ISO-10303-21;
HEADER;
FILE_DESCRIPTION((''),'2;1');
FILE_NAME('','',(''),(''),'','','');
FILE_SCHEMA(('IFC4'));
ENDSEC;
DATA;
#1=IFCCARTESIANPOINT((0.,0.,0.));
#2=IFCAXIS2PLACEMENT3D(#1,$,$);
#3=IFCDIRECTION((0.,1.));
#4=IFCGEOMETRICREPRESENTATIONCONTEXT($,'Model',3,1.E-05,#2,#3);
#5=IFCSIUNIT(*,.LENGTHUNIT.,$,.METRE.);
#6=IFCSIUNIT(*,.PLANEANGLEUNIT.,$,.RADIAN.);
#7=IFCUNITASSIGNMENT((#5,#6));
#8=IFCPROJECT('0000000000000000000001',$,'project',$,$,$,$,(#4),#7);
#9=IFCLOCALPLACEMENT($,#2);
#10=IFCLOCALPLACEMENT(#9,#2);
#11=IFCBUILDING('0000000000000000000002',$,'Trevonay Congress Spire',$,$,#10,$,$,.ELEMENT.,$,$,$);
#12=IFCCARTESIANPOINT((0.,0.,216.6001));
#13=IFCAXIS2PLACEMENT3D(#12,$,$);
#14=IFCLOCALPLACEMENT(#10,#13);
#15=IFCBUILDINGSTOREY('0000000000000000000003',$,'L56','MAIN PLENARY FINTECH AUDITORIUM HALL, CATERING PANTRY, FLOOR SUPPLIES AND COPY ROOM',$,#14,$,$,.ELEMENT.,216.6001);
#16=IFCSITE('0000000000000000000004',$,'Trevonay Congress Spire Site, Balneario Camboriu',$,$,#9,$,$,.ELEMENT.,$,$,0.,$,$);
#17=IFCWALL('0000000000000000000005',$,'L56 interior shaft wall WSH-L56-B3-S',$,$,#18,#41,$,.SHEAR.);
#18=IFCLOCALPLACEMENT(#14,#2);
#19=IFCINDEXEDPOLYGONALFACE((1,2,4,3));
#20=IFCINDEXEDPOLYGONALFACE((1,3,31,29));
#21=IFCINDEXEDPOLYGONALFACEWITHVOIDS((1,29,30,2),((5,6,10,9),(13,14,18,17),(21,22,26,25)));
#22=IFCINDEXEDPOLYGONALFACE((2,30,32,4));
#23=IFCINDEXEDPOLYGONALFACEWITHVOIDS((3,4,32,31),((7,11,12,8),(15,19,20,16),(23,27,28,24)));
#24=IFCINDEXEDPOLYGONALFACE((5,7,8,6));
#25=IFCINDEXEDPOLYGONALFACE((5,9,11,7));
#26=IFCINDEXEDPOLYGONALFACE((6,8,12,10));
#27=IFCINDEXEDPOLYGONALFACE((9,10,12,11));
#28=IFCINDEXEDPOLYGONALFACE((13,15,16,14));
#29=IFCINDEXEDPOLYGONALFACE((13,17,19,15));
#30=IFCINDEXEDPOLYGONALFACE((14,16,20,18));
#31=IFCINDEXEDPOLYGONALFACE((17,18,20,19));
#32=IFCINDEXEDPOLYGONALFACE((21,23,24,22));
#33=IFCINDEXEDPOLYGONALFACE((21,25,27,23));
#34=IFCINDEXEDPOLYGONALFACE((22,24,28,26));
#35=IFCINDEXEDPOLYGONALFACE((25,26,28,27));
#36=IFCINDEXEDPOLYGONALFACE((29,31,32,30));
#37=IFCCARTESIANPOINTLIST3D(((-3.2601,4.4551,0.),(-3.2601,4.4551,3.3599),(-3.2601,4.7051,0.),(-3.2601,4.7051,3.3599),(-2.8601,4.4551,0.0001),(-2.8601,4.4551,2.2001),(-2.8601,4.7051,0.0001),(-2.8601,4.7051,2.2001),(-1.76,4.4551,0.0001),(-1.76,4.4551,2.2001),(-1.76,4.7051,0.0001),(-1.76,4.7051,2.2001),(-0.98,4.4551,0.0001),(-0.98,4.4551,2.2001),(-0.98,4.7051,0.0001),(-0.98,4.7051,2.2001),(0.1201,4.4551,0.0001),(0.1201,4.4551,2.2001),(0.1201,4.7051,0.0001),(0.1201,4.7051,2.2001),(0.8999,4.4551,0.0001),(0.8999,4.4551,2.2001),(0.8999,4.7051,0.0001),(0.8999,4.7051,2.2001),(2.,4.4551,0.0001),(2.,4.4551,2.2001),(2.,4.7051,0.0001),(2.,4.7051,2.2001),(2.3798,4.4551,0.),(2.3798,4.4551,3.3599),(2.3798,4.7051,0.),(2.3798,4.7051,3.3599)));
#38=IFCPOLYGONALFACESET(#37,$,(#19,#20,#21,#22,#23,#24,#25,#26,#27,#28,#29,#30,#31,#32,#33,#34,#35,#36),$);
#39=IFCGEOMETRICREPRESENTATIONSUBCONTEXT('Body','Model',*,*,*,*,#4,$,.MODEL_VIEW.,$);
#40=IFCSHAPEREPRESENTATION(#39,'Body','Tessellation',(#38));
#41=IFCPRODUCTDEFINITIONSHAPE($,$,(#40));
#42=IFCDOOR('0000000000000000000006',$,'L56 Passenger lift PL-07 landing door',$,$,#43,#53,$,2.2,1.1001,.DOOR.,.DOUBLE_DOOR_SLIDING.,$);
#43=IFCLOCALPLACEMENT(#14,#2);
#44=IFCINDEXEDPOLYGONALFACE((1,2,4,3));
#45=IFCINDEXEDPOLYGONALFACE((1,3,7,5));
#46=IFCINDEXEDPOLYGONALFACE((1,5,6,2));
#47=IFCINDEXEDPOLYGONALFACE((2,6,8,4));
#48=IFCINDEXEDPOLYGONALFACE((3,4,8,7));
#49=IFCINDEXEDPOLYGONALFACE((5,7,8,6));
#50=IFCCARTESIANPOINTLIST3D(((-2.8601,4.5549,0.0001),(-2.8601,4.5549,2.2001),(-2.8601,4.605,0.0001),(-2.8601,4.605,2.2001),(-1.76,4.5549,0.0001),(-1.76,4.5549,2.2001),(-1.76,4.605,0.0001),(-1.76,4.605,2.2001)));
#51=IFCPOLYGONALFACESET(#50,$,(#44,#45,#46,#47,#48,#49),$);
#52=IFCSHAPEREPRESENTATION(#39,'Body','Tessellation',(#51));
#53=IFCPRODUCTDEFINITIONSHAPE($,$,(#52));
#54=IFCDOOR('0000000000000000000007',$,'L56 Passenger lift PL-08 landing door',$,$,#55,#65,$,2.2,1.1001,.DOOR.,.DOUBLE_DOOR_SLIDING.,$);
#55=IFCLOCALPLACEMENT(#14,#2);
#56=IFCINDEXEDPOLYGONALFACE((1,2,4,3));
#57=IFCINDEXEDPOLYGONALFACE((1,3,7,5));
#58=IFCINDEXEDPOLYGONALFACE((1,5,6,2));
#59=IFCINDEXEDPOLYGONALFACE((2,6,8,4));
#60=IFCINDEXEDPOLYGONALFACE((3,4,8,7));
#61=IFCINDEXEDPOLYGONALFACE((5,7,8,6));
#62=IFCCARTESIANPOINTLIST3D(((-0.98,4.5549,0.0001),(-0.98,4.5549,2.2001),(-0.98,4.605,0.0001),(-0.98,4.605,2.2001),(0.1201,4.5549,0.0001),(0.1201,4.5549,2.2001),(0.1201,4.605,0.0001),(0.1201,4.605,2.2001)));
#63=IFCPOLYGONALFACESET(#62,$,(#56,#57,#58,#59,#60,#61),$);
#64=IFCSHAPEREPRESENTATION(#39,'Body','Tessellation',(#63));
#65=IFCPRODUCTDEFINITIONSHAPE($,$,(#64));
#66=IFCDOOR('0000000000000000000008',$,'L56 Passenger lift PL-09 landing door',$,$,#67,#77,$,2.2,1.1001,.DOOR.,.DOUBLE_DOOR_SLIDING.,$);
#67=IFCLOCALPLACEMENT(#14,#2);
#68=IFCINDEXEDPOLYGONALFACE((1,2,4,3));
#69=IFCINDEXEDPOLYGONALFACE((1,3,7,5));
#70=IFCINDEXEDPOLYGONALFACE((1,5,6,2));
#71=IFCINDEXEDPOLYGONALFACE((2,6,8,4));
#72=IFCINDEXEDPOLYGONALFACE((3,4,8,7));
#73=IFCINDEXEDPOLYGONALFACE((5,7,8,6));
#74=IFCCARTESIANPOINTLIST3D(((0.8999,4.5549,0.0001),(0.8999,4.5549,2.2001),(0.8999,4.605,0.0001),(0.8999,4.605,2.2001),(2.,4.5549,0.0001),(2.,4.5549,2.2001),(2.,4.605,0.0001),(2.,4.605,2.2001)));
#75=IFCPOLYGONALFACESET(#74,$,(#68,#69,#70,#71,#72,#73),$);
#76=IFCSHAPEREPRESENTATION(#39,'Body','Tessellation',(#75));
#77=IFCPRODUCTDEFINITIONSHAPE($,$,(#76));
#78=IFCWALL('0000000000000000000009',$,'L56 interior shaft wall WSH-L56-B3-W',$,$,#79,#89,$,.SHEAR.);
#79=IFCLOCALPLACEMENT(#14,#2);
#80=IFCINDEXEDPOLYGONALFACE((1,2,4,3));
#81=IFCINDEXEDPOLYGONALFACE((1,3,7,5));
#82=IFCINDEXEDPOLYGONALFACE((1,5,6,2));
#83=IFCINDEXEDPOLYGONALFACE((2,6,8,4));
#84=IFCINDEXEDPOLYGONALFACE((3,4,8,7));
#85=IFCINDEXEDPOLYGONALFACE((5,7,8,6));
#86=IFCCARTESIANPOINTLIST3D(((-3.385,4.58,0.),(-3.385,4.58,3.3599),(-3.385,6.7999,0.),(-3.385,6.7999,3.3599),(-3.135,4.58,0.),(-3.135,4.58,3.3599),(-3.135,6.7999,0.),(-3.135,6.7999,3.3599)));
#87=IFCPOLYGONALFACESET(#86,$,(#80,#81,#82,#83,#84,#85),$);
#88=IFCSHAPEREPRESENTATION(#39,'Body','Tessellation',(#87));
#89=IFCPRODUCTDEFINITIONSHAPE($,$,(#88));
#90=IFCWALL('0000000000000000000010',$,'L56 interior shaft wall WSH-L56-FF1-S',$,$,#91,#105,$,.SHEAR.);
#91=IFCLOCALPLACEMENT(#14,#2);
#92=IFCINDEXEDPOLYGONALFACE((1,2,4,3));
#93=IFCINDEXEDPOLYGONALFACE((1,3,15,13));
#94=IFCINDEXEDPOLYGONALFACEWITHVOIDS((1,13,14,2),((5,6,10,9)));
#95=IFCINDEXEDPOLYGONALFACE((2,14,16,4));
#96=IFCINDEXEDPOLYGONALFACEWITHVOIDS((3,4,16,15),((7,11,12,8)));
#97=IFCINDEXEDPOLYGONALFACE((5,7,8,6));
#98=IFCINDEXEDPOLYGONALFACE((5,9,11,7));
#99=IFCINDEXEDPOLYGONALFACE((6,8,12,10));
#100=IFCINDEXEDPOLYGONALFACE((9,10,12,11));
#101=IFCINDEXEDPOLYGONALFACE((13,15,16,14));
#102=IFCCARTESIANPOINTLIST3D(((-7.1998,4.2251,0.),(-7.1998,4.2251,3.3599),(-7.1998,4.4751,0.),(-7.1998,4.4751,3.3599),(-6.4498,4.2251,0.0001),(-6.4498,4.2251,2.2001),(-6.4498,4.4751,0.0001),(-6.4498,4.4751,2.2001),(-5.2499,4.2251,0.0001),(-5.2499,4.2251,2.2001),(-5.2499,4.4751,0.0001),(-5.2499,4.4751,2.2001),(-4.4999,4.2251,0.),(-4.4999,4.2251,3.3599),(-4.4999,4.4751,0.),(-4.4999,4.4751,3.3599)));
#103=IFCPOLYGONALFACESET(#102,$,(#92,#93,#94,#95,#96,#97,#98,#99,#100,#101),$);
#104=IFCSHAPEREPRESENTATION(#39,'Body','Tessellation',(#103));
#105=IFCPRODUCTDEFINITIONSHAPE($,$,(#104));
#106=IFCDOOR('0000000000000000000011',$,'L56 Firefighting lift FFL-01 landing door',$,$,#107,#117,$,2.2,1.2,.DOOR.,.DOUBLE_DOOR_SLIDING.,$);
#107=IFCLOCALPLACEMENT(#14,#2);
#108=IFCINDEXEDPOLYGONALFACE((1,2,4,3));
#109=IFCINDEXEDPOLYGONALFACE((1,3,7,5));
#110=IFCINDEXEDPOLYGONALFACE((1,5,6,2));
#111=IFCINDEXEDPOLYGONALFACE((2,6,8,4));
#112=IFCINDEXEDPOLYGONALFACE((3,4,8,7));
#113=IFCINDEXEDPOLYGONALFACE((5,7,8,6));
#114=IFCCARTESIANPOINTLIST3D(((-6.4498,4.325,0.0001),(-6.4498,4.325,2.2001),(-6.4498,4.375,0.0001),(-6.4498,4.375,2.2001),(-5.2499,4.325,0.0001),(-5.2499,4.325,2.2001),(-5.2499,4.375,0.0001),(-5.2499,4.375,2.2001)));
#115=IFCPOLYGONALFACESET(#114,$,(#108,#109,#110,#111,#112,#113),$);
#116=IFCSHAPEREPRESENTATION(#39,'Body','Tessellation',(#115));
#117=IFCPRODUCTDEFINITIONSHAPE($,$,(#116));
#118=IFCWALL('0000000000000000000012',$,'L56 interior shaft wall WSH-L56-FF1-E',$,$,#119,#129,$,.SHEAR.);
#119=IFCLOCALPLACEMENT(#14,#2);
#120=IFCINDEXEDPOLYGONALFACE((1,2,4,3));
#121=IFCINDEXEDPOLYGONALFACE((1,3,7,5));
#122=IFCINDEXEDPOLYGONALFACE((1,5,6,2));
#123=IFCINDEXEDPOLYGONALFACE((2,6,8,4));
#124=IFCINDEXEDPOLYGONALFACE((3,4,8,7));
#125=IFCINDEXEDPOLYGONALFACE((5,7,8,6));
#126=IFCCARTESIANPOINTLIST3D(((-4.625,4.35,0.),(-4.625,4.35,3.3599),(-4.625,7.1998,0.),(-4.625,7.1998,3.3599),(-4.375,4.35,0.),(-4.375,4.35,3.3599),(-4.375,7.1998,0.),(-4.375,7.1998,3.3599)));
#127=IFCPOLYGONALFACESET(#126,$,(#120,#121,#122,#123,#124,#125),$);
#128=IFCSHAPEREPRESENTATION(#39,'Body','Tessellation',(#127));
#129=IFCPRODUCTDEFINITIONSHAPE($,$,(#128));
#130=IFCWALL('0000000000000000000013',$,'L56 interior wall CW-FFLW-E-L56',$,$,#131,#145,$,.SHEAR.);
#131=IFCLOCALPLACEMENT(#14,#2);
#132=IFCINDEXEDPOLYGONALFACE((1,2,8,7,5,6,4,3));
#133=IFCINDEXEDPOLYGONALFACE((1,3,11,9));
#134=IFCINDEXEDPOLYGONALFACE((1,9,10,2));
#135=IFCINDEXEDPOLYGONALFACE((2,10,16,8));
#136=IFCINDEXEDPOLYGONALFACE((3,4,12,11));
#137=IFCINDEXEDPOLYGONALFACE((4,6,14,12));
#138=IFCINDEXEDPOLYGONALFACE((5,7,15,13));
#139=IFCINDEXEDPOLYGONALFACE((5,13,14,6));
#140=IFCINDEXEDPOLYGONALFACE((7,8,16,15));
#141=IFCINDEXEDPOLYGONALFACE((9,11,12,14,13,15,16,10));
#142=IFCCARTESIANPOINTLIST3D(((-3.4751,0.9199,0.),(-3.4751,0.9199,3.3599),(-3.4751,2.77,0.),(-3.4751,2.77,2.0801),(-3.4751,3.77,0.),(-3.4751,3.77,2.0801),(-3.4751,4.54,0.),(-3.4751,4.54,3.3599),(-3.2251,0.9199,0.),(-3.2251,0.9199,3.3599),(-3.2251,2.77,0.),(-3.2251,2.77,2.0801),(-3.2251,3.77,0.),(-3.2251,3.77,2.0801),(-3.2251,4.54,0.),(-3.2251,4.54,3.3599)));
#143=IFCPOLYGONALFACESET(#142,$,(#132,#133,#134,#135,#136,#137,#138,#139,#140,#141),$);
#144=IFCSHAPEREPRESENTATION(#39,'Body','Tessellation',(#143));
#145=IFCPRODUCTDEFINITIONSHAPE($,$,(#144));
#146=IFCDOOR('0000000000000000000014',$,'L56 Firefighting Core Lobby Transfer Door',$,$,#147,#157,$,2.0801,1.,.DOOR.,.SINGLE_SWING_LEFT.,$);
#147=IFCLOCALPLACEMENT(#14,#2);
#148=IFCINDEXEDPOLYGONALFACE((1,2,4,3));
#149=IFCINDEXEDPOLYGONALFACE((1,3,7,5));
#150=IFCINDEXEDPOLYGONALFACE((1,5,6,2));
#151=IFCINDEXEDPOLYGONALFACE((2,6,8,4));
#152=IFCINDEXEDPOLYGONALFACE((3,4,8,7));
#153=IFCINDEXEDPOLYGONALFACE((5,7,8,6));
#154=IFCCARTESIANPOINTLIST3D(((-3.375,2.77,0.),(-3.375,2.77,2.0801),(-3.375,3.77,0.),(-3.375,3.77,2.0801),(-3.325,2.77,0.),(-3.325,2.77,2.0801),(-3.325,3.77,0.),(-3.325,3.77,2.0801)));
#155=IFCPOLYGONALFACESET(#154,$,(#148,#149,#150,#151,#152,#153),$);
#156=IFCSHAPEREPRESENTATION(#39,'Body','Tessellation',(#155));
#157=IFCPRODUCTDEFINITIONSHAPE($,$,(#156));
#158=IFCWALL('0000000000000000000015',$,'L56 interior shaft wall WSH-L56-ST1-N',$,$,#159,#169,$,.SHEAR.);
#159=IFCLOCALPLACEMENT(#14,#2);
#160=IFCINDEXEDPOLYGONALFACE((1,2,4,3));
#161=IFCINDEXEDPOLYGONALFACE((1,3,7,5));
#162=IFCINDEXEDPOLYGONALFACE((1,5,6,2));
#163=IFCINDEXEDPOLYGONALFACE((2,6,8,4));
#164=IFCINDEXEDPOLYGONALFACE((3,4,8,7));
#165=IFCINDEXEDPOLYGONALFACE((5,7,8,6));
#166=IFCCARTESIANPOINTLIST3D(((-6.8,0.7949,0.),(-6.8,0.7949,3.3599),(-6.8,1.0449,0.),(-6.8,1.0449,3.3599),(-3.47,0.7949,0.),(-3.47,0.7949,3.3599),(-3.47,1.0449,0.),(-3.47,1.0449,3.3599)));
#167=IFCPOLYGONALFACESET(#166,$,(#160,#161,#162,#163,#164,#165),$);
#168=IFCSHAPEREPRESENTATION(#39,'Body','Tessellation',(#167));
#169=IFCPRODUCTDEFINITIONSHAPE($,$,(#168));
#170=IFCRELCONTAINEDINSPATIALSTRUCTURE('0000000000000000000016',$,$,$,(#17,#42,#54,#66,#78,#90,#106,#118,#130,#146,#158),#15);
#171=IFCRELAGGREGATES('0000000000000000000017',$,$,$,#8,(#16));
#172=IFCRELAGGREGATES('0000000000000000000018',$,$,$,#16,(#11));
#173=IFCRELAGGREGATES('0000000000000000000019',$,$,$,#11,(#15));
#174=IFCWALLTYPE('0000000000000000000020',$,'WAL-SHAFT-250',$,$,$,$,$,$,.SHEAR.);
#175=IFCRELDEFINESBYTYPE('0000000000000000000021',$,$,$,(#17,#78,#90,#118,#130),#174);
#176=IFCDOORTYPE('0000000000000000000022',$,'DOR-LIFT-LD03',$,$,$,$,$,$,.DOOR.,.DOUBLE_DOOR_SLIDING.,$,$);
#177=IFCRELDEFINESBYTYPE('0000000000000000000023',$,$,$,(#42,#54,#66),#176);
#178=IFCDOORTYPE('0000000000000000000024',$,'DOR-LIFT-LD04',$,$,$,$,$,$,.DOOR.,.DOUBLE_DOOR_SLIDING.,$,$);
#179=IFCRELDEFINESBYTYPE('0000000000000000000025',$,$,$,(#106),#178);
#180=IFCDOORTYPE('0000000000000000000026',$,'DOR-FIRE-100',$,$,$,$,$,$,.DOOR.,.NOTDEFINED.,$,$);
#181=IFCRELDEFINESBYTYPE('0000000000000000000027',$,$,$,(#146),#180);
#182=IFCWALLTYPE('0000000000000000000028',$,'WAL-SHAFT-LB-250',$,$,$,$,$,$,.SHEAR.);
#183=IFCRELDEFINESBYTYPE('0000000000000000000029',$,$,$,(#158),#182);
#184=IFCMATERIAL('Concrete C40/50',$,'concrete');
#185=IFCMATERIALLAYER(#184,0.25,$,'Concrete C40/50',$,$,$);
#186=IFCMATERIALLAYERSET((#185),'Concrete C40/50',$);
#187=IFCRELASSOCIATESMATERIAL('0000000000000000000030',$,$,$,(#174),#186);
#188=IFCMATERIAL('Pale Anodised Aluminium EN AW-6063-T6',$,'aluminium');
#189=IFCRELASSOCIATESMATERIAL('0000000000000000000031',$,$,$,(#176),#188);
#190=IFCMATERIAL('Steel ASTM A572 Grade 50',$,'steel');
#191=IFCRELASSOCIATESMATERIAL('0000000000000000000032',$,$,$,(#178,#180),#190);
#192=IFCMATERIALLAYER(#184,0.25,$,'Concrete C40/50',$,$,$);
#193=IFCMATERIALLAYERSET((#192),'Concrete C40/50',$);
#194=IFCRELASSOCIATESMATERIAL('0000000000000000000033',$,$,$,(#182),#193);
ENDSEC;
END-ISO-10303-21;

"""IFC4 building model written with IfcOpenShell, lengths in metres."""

from ifc_helpers import new_model, si_unit, direction, frame, frame_2d, origin, place, context, subcontext, project, spatial, rectangle, extrude, material, layer, layer_set, type_object, element, fill, save


model = new_model("IFC4")

# Units and contexts
model_context = context("Model", 3, precision=1e-05, world=origin(), true_north=direction((0.0, 1.0)))
body_context = subcontext(model_context, "Body", "Model", "MODEL_VIEW")
ifc_project = project(units=[si_unit("LENGTHUNIT", "METRE"), si_unit("PLANEANGLEUNIT", "RADIAN")], contexts=[model_context])

# Site, building, storey
site_placement = place(None, origin())
site = spatial("IfcSite", under=ifc_project, at=site_placement, Name="Trevonay Congress Spire Site, Balneario Camboriu", CompositionType="ELEMENT", RefElevation=0.0)
building_placement = place(site_placement, origin())
building = spatial("IfcBuilding", under=site, at=building_placement, Name="Trevonay Congress Spire", CompositionType="ELEMENT")
storey_placement = place(building_placement, frame((0.0, 0.0, 216.6001)))
storey = spatial("IfcBuildingStorey", under=building, at=storey_placement, Name="L56", Description="MAIN PLENARY FINTECH AUDITORIUM HALL, CATERING PANTRY, FLOOR SUPPLIES AND COPY ROOM", CompositionType="ELEMENT", Elevation=216.6001)

# Shared definitions
ifc_material_1 = material(Name="Steel ASTM A572 Grade 50", Category="steel")

# Shared definitions
ifc_material_2 = material(Name="Concrete C40/50", Category="concrete")

# Wall, openings, doors
ifc_layer_1 = layer(ifc_material_2, 0.25, Name="Concrete C40/50")
ifc_layer_set_1 = layer_set([ifc_layer_1], Name="Concrete C40/50")
wall_type_1 = type_object("IfcWallType", Name="WAL-SHAFT-250", PredefinedType="SHEAR", material=ifc_layer_set_1)
wall_1_placement = place(storey_placement, frame((-3.26, 4.5801, 0.0), z_axis=(0.0, 0.0, 1.0), x_axis=(1.0, 0.0, 0.0)))
wall_1 = element("IfcWall", 1, at=wall_1_placement, inside=storey, type_object=wall_type_1, Name="L56 interior shaft wall WSH-L56-B3-S", PredefinedType="SHEAR", context=body_context, shape_type="SweptSolid", body=[
    extrude(rectangle(XDim=5.6399, YDim=0.25, at=frame_2d((2.8198, 0.0))), origin(), (0.0, 0.0, 1.0), 3.3599),
])
opening_1_placement = place(wall_1_placement, frame((0.3999, 0.0, 0.0)))
opening_1 = element("IfcOpeningElement", 2, at=opening_1_placement, cuts=wall_1, PredefinedType="OPENING", context=body_context, shape_type="SweptSolid", body=[
    extrude(rectangle(XDim=1.1001, YDim=2.2, at=frame_2d((0.55, 1.1001))), frame((0.0, 0.135, 0.0), z_axis=(0.0, -1.0, 0.0), x_axis=(1.0, 0.0, 0.0)), (0.0, 0.0, 1.0), 0.27),
])
opening_2_placement = place(wall_1_placement, frame((2.28, 0.0, 0.0)))
opening_2 = element("IfcOpeningElement", 3, at=opening_2_placement, cuts=wall_1, PredefinedType="OPENING", context=body_context, shape_type="SweptSolid", body=[
    extrude(rectangle(XDim=1.1001, YDim=2.2, at=frame_2d((0.55, 1.1001))), frame((0.0, 0.135, 0.0), z_axis=(0.0, -1.0, 0.0), x_axis=(1.0, 0.0, 0.0)), (0.0, 0.0, 1.0), 0.27),
])
opening_3_placement = place(wall_1_placement, frame((4.1599, 0.0, 0.0)))
opening_3 = element("IfcOpeningElement", 4, at=opening_3_placement, cuts=wall_1, PredefinedType="OPENING", context=body_context, shape_type="SweptSolid", body=[
    extrude(rectangle(XDim=1.1001, YDim=2.2, at=frame_2d((0.55, 1.1001))), frame((0.0, 0.135, 0.0), z_axis=(0.0, -1.0, 0.0), x_axis=(1.0, 0.0, 0.0)), (0.0, 0.0, 1.0), 0.27),
])
ifc_material_3 = material(Name="Pale Anodised Aluminium EN AW-6063-T6", Category="aluminium")
door_type_1 = type_object("IfcDoorType", Name="DOR-LIFT-LD03", OperationType="DOUBLE_DOOR_SLIDING", PredefinedType="DOOR", material=ifc_material_3)
door_1_placement = place(opening_1_placement, origin())
door_1 = element("IfcDoor", 5, at=door_1_placement, inside=storey, type_object=door_type_1, Name="L56 Passenger lift PL-07 landing door", OperationType="DOUBLE_DOOR_SLIDING", OverallHeight=2.2, OverallWidth=1.1001, PredefinedType="DOOR", context=body_context, shape_type="SweptSolid", body=[
    extrude(rectangle(XDim=1.1001, YDim=2.2, at=frame_2d((0.55, 1.1001))), frame((0.0, 0.0249, 0.0), z_axis=(0.0, -1.0, 0.0), x_axis=(1.0, 0.0, 0.0)), (0.0, 0.0, 1.0), 0.05),
])
fill(opening_1, door_1)
door_2_placement = place(opening_2_placement, origin())
door_2 = element("IfcDoor", 6, at=door_2_placement, inside=storey, type_object=door_type_1, Name="L56 Passenger lift PL-08 landing door", OperationType="DOUBLE_DOOR_SLIDING", OverallHeight=2.2, OverallWidth=1.1001, PredefinedType="DOOR", context=body_context, shape_type="SweptSolid", body=[
    extrude(rectangle(XDim=1.1001, YDim=2.2, at=frame_2d((0.55, 1.1001))), frame((0.0, 0.0249, 0.0), z_axis=(0.0, -1.0, 0.0), x_axis=(1.0, 0.0, 0.0)), (0.0, 0.0, 1.0), 0.05),
])
fill(opening_2, door_2)
door_3_placement = place(opening_3_placement, origin())
door_3 = element("IfcDoor", 7, at=door_3_placement, inside=storey, type_object=door_type_1, Name="L56 Passenger lift PL-09 landing door", OperationType="DOUBLE_DOOR_SLIDING", OverallHeight=2.2, OverallWidth=1.1001, PredefinedType="DOOR", context=body_context, shape_type="SweptSolid", body=[
    extrude(rectangle(XDim=1.1001, YDim=2.2, at=frame_2d((0.55, 1.1001))), frame((0.0, 0.0249, 0.0), z_axis=(0.0, -1.0, 0.0), x_axis=(1.0, 0.0, 0.0)), (0.0, 0.0, 1.0), 0.05),
])
fill(opening_3, door_3)

# Wall
wall_2_placement = place(storey_placement, frame((-3.26, 4.5801, 0.0), z_axis=(0.0, 0.0, 1.0), x_axis=(0.0, 1.0, 0.0)))
element("IfcWall", 8, at=wall_2_placement, inside=storey, type_object=wall_type_1, Name="L56 interior shaft wall WSH-L56-B3-W", PredefinedType="SHEAR", context=body_context, shape_type="SweptSolid", body=[
    extrude(rectangle(XDim=2.22, YDim=0.25, at=frame_2d((1.1099, 0.0))), origin(), (0.0, 0.0, 1.0), 3.3599),
])

# Wall, opening, door
wall_3_placement = place(storey_placement, frame((-7.2, 4.3501, 0.0), z_axis=(0.0, 0.0, 1.0), x_axis=(1.0, 0.0, 0.0)))
wall_3 = element("IfcWall", 9, at=wall_3_placement, inside=storey, type_object=wall_type_1, Name="L56 interior shaft wall WSH-L56-FF1-S", PredefinedType="SHEAR", context=body_context, shape_type="SweptSolid", body=[
    extrude(rectangle(XDim=2.7, YDim=0.25, at=frame_2d((1.3501, 0.0))), origin(), (0.0, 0.0, 1.0), 3.3599),
])
opening_4_placement = place(wall_3_placement, frame((0.75, 0.0, 0.0)))
opening_4 = element("IfcOpeningElement", 10, at=opening_4_placement, cuts=wall_3, PredefinedType="OPENING", context=body_context, shape_type="SweptSolid", body=[
    extrude(rectangle(XDim=1.2, YDim=2.2, at=frame_2d((0.6001, 1.1001))), frame((0.0, 0.135, 0.0), z_axis=(0.0, -1.0, 0.0), x_axis=(1.0, 0.0, 0.0)), (0.0, 0.0, 1.0), 0.27),
])
door_type_2 = type_object("IfcDoorType", Name="DOR-LIFT-LD04", OperationType="DOUBLE_DOOR_SLIDING", PredefinedType="DOOR", material=ifc_material_1)
door_4_placement = place(opening_4_placement, origin())
door_4 = element("IfcDoor", 11, at=door_4_placement, inside=storey, type_object=door_type_2, Name="L56 Firefighting lift FFL-01 landing door", OperationType="DOUBLE_DOOR_SLIDING", OverallHeight=2.2, OverallWidth=1.2, PredefinedType="DOOR", context=body_context, shape_type="SweptSolid", body=[
    extrude(rectangle(XDim=1.2, YDim=2.2, at=frame_2d((0.6001, 1.1001))), frame((0.0, 0.0249, 0.0), z_axis=(0.0, -1.0, 0.0), x_axis=(1.0, 0.0, 0.0)), (0.0, 0.0, 1.0), 0.05),
])
fill(opening_4, door_4)

# Wall
wall_4_placement = place(storey_placement, frame((-4.5, 4.3501, 0.0), z_axis=(0.0, 0.0, 1.0), x_axis=(0.0, 1.0, 0.0)))
element("IfcWall", 12, at=wall_4_placement, inside=storey, type_object=wall_type_1, Name="L56 interior shaft wall WSH-L56-FF1-E", PredefinedType="SHEAR", context=body_context, shape_type="SweptSolid", body=[
    extrude(rectangle(XDim=2.8499, YDim=0.25, at=frame_2d((1.4248, 0.0))), origin(), (0.0, 0.0, 1.0), 3.3599),
])

# Wall, opening, door
wall_5_placement = place(storey_placement, frame((-3.3501, 0.9199, 0.0), z_axis=(0.0, 0.0, 1.0), x_axis=(0.0, 1.0, 0.0)))
wall_5 = element("IfcWall", 13, at=wall_5_placement, inside=storey, type_object=wall_type_1, Name="L56 interior wall CW-FFLW-E-L56", PredefinedType="SHEAR", context=body_context, shape_type="SweptSolid", body=[
    extrude(rectangle(XDim=3.6201, YDim=0.25, at=frame_2d((1.8101, 0.0))), origin(), (0.0, 0.0, 1.0), 3.3599),
])
opening_5_placement = place(wall_5_placement, frame((1.8501, 0.0, 0.0)))
opening_5 = element("IfcOpeningElement", 14, at=opening_5_placement, cuts=wall_5, PredefinedType="OPENING", context=body_context, shape_type="SweptSolid", body=[
    extrude(rectangle(XDim=1.0, YDim=2.0801, at=frame_2d((0.5, 1.04))), frame((0.0, 0.135, 0.0), z_axis=(0.0, -1.0, 0.0), x_axis=(1.0, 0.0, 0.0)), (0.0, 0.0, 1.0), 0.27),
])
door_type_3 = type_object("IfcDoorType", Name="DOR-FIRE-100", OperationType="NOTDEFINED", PredefinedType="DOOR", material=ifc_material_1)
door_5_placement = place(opening_5_placement, origin())
door_5 = element("IfcDoor", 15, at=door_5_placement, inside=storey, type_object=door_type_3, Name="L56 Firefighting Core Lobby Transfer Door", OperationType="SINGLE_SWING_LEFT", OverallHeight=2.0801, OverallWidth=1.0, PredefinedType="DOOR", context=body_context, shape_type="SweptSolid", body=[
    extrude(rectangle(XDim=1.0, YDim=2.0801, at=frame_2d((0.5, 1.04))), frame((0.0, 0.0249, 0.0), z_axis=(0.0, -1.0, 0.0), x_axis=(1.0, 0.0, 0.0)), (0.0, 0.0, 1.0), 0.05),
])
fill(opening_5, door_5)

# Wall
ifc_layer_2 = layer(ifc_material_2, 0.25, Name="Concrete C40/50")
ifc_layer_set_2 = layer_set([ifc_layer_2], Name="Concrete C40/50")
wall_type_2 = type_object("IfcWallType", Name="WAL-SHAFT-LB-250", PredefinedType="SHEAR", material=ifc_layer_set_2)
wall_6_placement = place(storey_placement, frame((-6.8, 0.9199, 0.0), z_axis=(0.0, 0.0, 1.0), x_axis=(1.0, 0.0, 0.0)))
element("IfcWall", 16, at=wall_6_placement, inside=storey, type_object=wall_type_2, Name="L56 interior shaft wall WSH-L56-ST1-N", PredefinedType="SHEAR", context=body_context, shape_type="SweptSolid", body=[
    extrude(rectangle(XDim=3.3301, YDim=0.25, at=frame_2d((1.665, 0.0))), origin(), (0.0, 0.0, 1.0), 3.3599),
])

save(model, "model.ifc")
